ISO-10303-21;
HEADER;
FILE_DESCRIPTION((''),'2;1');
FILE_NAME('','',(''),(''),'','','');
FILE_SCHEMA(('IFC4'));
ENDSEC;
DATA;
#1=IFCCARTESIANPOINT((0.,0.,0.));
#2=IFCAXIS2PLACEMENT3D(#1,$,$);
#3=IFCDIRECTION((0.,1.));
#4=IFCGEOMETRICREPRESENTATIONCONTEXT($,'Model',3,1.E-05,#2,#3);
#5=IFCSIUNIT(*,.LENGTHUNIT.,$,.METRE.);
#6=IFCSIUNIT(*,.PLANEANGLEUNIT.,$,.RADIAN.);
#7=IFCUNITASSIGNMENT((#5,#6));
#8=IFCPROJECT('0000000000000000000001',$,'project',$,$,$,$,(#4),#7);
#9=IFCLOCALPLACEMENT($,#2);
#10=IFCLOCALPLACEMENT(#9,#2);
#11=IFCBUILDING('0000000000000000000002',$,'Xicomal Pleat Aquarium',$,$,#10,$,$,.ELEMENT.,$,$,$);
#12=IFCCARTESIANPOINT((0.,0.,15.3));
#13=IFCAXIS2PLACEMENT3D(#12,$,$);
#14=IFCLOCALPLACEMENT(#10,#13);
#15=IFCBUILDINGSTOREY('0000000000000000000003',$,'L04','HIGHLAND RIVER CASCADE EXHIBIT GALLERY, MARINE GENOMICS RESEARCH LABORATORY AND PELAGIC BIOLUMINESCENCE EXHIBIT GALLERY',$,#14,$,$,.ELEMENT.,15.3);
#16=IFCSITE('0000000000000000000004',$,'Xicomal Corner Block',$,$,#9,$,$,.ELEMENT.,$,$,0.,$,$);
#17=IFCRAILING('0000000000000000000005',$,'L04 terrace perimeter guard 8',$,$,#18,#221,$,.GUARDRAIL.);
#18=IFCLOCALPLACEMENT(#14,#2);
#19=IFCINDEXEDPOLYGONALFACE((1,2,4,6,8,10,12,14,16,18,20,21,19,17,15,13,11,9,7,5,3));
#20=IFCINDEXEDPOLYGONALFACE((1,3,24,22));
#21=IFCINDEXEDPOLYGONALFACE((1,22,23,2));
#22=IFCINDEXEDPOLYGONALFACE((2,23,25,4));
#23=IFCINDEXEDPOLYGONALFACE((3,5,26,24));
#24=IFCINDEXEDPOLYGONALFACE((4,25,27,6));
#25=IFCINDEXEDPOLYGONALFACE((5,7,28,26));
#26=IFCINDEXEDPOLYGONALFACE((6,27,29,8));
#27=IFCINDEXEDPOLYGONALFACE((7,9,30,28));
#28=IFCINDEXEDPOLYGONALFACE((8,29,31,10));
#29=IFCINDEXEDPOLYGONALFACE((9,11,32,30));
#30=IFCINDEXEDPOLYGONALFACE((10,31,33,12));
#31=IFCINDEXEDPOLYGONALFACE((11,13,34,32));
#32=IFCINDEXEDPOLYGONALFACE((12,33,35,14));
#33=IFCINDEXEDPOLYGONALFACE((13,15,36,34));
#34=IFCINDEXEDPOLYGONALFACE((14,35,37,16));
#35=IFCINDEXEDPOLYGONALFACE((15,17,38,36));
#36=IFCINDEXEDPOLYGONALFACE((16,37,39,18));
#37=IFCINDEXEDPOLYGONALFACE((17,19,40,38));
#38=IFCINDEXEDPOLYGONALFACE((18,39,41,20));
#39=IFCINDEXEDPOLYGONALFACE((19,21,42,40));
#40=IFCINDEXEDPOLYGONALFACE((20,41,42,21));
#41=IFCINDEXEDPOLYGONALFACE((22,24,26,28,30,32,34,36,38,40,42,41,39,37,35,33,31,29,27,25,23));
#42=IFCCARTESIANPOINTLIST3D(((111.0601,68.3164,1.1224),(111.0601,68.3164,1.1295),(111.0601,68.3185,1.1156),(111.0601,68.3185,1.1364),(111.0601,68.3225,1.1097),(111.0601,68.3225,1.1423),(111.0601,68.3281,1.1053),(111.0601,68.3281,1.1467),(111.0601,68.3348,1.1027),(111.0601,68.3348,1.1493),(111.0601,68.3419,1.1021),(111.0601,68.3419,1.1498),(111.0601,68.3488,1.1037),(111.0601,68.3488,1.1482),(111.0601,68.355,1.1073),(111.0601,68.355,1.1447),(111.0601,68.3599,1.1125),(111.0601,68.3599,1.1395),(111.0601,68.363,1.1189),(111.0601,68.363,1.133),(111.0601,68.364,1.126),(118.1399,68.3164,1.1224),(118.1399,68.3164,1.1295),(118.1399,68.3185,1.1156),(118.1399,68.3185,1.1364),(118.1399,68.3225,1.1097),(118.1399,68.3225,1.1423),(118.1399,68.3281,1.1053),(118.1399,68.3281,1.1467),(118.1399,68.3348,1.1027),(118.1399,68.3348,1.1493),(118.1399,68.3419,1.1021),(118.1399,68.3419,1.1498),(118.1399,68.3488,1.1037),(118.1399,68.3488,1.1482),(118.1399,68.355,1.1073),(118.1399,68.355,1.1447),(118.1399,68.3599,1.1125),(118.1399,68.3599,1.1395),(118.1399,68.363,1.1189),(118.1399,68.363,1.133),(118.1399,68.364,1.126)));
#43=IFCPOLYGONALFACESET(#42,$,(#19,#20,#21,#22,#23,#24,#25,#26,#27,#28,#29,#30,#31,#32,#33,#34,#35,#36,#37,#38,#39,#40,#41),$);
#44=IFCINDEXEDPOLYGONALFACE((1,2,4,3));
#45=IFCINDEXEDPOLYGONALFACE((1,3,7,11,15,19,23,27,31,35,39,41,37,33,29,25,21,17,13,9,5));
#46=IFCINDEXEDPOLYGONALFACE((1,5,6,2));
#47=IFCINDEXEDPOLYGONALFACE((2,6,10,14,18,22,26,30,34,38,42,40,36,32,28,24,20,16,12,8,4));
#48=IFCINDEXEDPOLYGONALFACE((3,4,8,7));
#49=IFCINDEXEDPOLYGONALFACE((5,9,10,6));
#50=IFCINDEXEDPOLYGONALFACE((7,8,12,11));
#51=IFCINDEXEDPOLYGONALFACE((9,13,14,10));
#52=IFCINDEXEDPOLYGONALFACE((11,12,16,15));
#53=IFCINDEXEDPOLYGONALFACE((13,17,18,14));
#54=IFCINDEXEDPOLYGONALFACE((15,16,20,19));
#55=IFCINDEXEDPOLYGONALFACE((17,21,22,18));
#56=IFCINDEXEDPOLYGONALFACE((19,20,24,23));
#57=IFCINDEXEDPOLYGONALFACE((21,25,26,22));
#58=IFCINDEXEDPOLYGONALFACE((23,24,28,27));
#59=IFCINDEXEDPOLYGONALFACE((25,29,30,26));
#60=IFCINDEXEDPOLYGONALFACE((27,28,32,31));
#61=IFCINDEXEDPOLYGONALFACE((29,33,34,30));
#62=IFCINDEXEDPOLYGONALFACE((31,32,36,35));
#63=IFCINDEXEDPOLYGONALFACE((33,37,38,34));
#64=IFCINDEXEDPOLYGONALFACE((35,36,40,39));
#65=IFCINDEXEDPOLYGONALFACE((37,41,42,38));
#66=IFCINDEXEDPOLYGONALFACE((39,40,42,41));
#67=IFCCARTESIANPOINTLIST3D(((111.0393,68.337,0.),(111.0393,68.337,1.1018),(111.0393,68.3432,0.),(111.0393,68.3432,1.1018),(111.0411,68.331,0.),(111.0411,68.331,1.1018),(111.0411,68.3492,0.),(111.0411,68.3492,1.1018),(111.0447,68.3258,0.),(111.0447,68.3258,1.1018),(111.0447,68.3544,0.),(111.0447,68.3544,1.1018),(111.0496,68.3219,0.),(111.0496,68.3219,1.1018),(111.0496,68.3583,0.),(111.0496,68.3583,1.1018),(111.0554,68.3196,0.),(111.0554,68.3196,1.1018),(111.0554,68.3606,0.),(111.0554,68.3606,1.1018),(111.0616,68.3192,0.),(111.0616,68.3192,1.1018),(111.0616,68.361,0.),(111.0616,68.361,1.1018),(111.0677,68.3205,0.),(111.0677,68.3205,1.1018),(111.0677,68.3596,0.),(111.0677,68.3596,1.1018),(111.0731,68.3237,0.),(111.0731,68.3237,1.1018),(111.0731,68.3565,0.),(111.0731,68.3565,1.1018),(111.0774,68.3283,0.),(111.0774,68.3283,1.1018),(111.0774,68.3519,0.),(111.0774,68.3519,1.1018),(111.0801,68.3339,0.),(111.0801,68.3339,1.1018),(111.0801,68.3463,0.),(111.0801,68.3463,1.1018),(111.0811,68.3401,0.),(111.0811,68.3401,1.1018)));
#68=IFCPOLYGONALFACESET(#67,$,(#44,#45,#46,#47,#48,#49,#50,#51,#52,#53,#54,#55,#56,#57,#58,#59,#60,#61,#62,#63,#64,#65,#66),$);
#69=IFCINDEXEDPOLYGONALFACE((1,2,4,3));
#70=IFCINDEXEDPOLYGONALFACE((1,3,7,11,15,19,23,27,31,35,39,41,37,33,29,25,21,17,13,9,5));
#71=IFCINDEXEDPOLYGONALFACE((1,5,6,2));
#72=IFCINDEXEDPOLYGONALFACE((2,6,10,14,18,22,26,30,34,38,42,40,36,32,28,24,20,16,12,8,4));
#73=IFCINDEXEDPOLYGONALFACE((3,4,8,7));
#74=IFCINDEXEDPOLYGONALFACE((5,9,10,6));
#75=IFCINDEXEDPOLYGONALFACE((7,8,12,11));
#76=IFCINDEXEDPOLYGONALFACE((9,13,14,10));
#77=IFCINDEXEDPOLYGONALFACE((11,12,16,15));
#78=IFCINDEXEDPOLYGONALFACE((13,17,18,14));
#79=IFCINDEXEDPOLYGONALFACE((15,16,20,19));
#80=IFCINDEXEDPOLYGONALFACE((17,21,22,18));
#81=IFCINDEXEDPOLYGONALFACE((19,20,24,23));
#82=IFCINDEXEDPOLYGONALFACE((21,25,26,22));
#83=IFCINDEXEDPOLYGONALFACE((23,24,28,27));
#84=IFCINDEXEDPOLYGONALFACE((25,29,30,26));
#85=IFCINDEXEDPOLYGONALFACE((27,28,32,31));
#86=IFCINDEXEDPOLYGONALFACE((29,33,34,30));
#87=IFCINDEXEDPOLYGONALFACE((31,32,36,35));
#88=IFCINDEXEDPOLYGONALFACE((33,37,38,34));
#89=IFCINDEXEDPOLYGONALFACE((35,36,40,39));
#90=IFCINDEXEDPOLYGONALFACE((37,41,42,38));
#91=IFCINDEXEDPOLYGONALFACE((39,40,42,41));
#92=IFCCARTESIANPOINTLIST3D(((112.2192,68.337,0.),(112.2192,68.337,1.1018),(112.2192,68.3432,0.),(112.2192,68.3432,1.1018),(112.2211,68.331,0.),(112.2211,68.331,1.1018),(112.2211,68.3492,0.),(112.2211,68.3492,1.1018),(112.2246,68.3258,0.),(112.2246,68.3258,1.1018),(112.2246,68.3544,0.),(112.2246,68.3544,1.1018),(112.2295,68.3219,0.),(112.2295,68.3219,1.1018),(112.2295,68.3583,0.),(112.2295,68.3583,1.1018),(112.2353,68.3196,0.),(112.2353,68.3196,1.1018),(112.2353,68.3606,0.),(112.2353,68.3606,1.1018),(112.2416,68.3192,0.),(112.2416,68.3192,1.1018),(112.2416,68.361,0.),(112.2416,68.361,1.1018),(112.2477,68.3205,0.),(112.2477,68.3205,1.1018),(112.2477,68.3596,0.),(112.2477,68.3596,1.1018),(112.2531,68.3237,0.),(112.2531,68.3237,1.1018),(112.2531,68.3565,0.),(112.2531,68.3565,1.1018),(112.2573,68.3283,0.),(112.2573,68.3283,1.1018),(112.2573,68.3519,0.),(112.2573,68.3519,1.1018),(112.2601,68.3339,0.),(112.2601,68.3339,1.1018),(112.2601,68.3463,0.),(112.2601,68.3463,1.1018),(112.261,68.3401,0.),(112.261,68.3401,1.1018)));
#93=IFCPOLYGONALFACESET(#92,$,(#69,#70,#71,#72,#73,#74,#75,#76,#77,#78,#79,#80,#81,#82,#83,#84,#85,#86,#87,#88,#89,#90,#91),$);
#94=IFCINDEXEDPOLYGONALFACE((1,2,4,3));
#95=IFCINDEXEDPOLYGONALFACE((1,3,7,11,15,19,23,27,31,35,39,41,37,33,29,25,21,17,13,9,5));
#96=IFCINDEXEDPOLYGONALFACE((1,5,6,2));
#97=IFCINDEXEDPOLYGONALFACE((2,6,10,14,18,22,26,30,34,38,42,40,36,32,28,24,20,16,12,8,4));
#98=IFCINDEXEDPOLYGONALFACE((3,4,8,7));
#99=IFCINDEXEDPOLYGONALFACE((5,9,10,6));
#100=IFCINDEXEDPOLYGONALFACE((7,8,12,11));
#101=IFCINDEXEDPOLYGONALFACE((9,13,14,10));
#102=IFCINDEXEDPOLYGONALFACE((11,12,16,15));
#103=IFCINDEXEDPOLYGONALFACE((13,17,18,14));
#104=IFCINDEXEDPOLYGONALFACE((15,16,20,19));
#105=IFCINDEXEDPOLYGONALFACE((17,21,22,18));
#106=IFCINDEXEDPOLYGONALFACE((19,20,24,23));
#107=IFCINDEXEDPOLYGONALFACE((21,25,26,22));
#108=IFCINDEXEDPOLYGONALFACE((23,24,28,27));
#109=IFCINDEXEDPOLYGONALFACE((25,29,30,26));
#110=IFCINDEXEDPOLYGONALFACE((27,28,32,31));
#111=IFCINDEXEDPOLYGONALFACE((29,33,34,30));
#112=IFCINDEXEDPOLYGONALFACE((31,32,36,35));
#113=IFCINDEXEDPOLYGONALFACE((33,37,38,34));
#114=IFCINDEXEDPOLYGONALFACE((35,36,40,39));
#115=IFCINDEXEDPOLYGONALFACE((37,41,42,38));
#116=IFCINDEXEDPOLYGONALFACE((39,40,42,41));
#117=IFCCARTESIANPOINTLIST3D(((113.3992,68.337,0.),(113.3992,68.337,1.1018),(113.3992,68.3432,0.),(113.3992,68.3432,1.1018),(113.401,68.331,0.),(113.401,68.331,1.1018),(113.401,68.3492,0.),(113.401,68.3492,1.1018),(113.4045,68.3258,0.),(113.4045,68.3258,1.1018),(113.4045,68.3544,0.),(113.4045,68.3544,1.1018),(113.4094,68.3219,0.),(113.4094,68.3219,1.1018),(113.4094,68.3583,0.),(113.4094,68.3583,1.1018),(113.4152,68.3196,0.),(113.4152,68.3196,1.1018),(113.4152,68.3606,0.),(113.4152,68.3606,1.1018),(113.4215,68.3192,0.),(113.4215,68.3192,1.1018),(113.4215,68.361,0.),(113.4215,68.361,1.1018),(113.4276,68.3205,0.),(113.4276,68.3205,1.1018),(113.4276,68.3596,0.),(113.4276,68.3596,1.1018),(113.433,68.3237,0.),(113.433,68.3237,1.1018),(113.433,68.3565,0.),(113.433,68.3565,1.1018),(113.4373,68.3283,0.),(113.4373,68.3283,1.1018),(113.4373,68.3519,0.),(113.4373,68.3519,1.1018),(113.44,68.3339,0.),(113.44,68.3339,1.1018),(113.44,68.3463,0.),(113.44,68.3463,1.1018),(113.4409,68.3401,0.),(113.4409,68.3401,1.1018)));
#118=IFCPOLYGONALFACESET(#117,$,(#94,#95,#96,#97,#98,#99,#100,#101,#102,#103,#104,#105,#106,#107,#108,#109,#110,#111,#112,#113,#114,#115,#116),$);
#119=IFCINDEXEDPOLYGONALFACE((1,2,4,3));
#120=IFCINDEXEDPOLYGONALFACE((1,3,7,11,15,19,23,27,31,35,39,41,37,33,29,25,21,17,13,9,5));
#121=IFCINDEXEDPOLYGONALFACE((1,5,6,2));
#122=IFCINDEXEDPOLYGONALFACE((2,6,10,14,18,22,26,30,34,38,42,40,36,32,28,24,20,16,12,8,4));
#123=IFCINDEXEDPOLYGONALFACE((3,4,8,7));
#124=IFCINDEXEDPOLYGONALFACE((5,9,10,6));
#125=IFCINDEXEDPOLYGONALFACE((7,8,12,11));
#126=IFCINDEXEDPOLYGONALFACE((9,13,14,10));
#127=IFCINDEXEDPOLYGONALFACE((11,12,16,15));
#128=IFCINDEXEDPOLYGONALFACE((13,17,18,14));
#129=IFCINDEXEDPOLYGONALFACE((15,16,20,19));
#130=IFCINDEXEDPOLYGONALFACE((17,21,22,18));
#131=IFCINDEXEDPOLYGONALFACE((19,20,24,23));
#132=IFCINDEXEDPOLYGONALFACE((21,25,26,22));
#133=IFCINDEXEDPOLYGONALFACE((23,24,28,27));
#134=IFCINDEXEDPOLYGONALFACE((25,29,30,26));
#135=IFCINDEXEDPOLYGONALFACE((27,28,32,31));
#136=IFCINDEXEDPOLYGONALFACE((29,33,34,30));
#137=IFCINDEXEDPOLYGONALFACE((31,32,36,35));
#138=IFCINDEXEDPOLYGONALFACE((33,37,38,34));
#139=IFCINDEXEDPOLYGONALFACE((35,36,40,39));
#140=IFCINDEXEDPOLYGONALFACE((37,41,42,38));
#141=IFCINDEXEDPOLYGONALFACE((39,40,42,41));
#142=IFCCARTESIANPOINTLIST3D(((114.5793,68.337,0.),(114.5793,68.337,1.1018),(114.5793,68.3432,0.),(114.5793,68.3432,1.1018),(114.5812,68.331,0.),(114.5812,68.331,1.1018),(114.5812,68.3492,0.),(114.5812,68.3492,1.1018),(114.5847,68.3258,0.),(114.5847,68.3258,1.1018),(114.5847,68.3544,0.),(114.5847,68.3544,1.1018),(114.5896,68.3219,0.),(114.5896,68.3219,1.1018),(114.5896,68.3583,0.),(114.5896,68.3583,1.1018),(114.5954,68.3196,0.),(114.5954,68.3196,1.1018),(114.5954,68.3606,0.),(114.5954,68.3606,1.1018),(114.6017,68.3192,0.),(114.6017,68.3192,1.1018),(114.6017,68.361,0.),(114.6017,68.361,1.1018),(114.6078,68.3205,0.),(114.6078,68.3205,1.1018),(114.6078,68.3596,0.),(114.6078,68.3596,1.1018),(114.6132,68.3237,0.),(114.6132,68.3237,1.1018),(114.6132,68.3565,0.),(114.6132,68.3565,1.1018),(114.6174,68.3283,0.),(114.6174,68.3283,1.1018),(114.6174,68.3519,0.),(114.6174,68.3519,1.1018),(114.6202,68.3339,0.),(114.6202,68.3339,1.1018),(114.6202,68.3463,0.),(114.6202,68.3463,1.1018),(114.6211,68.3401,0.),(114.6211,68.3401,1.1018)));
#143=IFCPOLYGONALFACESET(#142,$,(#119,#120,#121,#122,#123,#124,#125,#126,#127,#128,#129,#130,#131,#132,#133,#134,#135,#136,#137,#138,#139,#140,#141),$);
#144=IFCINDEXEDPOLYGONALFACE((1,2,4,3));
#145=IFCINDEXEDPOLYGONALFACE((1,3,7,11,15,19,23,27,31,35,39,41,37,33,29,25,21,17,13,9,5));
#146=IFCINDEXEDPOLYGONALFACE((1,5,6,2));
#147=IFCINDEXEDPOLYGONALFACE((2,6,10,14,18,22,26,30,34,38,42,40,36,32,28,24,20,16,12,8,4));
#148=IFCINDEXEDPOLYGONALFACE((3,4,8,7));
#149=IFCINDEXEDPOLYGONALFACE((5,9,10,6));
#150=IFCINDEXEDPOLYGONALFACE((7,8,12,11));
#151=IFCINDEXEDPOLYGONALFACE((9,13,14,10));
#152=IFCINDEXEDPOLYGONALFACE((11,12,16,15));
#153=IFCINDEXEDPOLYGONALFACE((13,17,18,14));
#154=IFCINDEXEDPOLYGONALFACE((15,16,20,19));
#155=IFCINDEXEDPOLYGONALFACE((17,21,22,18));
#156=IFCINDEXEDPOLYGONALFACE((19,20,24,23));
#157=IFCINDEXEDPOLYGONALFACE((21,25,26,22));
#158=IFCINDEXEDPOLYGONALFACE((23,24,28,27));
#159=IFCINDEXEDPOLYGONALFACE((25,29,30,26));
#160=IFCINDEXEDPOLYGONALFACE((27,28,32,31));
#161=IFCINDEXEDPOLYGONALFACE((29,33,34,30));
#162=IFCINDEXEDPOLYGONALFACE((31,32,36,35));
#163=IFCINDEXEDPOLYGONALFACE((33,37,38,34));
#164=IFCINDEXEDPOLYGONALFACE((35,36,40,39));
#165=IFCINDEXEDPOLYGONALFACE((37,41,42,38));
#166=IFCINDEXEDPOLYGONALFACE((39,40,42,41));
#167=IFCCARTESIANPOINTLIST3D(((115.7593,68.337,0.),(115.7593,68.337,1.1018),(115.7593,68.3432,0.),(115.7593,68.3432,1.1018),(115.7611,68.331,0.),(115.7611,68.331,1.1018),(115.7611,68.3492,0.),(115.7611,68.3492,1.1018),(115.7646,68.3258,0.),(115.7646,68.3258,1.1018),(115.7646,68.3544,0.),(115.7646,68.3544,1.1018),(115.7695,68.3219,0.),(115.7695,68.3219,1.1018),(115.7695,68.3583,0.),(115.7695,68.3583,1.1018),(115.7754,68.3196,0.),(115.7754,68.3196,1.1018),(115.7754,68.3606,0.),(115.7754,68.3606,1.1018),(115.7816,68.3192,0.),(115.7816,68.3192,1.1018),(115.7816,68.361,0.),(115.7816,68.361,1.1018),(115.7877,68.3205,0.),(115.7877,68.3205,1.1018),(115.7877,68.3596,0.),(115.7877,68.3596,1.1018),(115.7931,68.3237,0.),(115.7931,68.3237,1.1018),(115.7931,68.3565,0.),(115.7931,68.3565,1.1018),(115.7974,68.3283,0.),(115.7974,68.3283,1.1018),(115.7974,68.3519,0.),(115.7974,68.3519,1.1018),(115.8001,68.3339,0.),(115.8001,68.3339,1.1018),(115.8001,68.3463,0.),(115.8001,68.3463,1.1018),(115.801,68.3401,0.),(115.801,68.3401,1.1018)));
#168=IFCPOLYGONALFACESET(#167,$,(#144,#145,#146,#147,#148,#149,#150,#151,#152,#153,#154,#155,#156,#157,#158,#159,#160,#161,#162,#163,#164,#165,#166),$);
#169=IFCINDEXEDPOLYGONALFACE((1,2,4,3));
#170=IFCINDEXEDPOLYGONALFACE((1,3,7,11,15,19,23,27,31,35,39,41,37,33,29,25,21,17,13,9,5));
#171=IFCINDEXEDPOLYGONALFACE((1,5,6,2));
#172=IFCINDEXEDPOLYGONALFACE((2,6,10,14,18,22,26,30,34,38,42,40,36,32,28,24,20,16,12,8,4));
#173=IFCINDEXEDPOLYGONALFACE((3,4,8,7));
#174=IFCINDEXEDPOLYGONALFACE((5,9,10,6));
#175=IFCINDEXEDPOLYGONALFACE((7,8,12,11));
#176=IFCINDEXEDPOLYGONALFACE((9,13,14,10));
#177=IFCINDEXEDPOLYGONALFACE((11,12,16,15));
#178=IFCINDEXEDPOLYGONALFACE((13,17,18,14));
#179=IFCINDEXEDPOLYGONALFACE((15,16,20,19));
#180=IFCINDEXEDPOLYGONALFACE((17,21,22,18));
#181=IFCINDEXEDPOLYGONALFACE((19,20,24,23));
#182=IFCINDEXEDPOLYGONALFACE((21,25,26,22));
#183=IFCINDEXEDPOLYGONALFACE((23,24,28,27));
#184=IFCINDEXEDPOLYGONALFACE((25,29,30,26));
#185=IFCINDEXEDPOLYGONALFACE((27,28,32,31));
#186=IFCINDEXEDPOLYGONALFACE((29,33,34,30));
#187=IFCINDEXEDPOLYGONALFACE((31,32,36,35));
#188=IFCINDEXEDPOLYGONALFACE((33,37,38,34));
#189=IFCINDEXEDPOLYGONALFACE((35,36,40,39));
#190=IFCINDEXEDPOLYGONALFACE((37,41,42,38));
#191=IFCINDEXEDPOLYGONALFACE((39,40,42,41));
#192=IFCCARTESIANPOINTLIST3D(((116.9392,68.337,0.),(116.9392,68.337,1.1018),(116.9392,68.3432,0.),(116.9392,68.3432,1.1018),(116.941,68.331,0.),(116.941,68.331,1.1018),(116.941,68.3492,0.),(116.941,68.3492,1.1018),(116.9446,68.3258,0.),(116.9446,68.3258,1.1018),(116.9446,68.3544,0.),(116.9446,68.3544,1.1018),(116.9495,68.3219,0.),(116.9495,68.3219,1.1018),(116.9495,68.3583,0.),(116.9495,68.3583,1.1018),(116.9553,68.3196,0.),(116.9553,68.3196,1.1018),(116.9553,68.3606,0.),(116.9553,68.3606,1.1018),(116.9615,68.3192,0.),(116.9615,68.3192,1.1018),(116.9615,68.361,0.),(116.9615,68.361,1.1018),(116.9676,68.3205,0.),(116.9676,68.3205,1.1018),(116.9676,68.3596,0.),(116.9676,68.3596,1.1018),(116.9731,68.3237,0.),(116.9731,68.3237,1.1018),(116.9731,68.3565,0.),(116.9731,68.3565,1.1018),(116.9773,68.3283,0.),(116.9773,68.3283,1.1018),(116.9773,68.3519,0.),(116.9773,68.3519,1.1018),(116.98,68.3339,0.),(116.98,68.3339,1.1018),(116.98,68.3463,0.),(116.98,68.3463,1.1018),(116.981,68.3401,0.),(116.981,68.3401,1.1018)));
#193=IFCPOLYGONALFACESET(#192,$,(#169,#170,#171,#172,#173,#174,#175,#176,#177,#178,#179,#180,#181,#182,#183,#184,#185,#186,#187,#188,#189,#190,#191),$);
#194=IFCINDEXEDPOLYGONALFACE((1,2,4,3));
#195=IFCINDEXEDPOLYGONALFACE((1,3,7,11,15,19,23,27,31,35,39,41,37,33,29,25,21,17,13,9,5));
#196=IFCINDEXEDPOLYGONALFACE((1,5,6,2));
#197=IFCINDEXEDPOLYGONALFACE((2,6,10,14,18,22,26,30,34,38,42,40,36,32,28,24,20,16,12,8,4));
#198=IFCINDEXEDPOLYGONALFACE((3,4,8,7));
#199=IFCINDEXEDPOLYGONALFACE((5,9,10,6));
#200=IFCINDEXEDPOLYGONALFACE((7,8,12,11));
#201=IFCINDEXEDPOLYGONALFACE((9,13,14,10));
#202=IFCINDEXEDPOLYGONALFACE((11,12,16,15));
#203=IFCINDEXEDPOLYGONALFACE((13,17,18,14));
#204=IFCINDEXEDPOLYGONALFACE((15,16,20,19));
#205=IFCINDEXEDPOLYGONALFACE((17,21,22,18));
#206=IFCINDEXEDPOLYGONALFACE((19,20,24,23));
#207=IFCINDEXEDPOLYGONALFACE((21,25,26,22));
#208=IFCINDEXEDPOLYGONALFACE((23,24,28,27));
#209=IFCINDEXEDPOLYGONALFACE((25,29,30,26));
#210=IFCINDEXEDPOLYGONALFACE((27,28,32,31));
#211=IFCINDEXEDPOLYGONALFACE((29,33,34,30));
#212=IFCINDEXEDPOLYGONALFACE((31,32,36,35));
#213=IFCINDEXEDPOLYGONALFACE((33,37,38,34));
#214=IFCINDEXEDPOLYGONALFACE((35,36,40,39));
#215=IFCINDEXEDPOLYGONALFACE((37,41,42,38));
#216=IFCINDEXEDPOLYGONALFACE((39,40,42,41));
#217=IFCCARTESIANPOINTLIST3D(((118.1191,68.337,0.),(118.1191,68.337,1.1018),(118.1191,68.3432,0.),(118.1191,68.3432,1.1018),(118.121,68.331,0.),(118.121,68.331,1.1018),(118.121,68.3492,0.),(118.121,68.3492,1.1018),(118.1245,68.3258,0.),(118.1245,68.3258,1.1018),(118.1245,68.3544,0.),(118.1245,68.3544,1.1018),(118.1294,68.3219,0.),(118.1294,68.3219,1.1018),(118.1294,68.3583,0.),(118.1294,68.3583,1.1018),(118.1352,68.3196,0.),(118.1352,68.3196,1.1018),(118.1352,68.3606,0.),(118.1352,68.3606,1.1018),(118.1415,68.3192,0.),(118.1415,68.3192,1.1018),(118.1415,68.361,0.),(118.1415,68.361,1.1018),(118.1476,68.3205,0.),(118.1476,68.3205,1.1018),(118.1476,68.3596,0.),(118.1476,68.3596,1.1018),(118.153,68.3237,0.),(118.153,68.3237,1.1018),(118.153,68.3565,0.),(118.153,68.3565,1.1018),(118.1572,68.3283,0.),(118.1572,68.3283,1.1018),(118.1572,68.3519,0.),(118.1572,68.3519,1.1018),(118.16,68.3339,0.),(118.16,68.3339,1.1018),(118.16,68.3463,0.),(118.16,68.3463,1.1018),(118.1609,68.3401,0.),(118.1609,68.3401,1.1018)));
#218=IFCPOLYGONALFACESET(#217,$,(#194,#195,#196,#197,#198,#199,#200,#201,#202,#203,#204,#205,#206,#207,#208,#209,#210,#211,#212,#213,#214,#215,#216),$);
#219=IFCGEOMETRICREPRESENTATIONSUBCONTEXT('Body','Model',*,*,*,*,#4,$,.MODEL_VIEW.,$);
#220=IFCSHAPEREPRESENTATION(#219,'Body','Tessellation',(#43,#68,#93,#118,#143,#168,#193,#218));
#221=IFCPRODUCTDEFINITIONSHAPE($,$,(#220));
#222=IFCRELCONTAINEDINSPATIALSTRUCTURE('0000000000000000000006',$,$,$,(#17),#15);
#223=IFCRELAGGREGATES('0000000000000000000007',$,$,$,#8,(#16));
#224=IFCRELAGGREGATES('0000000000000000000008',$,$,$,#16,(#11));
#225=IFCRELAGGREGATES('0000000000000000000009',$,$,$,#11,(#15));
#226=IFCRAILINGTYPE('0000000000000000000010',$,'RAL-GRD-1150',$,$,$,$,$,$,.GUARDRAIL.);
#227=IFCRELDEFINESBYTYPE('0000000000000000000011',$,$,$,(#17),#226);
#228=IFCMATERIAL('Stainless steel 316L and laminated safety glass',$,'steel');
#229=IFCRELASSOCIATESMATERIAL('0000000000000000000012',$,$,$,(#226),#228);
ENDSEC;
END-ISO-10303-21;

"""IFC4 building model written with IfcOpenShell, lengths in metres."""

from ifc_helpers import new_model, si_unit, direction, frame, origin, origin_2d, place, context, subcontext, project, spatial, circle, extrude, material, type_object, element, save


model = new_model("IFC4")

# Units and contexts
model_context = context("Model", 3, precision=1e-05, world=origin(), true_north=direction((0.0, 1.0)))
body_context = subcontext(model_context, "Body", "Model", "MODEL_VIEW")
ifc_project = project(units=[si_unit("LENGTHUNIT", "METRE"), si_unit("PLANEANGLEUNIT", "RADIAN")], contexts=[model_context])

# Site, building, storey
site_placement = place(None, origin())
site = spatial("IfcSite", under=ifc_project, at=site_placement, Name="Xicomal Corner Block", CompositionType="ELEMENT", RefElevation=0.0)
building_placement = place(site_placement, origin())
building = spatial("IfcBuilding", under=site, at=building_placement, Name="Xicomal Pleat Aquarium", CompositionType="ELEMENT")
storey_placement = place(building_placement, frame((0.0, 0.0, 15.3)))
storey = spatial("IfcBuildingStorey", under=building, at=storey_placement, Name="L04", Description="HIGHLAND RIVER CASCADE EXHIBIT GALLERY, MARINE GENOMICS RESEARCH LABORATORY AND PELAGIC BIOLUMINESCENCE EXHIBIT GALLERY", CompositionType="ELEMENT", Elevation=15.3)

# Railing
ifc_material_1 = material(Name="Stainless steel 316L and laminated safety glass", Category="steel")
railing_type_1 = type_object("IfcRailingType", Name="RAL-GRD-1150", PredefinedType="GUARDRAIL", material=ifc_material_1)
railing_1_placement = place(storey_placement, frame((111.0601, 68.3401, 0.0)))
element("IfcRailing", 1, at=railing_1_placement, inside=storey, type_object=railing_type_1, Name="L04 terrace perimeter guard 8", PredefinedType="GUARDRAIL", context=body_context, shape_type="SweptSolid", body=[
    extrude(circle(Radius=0.0239, at=origin_2d()), frame((0.0, 0.0, 1.126), z_axis=(1.0, 0.0, 0.0), x_axis=(0.0, 1.0, 0.0)), (0.0, 0.0, 1.0), 7.0798),
    extrude(circle(Radius=0.021, at=origin_2d()), origin(), (0.0, 0.0, 1.0), 1.1018),
    extrude(circle(Radius=0.021, at=origin_2d()), frame((1.1799, 0.0, 0.0)), (0.0, 0.0, 1.0), 1.1018),
    extrude(circle(Radius=0.021, at=origin_2d()), frame((2.3599, 0.0, 0.0)), (0.0, 0.0, 1.0), 1.1018),
    extrude(circle(Radius=0.021, at=origin_2d()), frame((3.54, 0.0, 0.0)), (0.0, 0.0, 1.0), 1.1018),
    extrude(circle(Radius=0.021, at=origin_2d()), frame((4.72, 0.0, 0.0)), (0.0, 0.0, 1.0), 1.1018),
    extrude(circle(Radius=0.021, at=origin_2d()), frame((5.8999, 0.0, 0.0)), (0.0, 0.0, 1.0), 1.1018),
    extrude(circle(Radius=0.021, at=origin_2d()), frame((7.0798, 0.0, 0.0)), (0.0, 0.0, 1.0), 1.1018),
])

save(model, "model.ifc")
